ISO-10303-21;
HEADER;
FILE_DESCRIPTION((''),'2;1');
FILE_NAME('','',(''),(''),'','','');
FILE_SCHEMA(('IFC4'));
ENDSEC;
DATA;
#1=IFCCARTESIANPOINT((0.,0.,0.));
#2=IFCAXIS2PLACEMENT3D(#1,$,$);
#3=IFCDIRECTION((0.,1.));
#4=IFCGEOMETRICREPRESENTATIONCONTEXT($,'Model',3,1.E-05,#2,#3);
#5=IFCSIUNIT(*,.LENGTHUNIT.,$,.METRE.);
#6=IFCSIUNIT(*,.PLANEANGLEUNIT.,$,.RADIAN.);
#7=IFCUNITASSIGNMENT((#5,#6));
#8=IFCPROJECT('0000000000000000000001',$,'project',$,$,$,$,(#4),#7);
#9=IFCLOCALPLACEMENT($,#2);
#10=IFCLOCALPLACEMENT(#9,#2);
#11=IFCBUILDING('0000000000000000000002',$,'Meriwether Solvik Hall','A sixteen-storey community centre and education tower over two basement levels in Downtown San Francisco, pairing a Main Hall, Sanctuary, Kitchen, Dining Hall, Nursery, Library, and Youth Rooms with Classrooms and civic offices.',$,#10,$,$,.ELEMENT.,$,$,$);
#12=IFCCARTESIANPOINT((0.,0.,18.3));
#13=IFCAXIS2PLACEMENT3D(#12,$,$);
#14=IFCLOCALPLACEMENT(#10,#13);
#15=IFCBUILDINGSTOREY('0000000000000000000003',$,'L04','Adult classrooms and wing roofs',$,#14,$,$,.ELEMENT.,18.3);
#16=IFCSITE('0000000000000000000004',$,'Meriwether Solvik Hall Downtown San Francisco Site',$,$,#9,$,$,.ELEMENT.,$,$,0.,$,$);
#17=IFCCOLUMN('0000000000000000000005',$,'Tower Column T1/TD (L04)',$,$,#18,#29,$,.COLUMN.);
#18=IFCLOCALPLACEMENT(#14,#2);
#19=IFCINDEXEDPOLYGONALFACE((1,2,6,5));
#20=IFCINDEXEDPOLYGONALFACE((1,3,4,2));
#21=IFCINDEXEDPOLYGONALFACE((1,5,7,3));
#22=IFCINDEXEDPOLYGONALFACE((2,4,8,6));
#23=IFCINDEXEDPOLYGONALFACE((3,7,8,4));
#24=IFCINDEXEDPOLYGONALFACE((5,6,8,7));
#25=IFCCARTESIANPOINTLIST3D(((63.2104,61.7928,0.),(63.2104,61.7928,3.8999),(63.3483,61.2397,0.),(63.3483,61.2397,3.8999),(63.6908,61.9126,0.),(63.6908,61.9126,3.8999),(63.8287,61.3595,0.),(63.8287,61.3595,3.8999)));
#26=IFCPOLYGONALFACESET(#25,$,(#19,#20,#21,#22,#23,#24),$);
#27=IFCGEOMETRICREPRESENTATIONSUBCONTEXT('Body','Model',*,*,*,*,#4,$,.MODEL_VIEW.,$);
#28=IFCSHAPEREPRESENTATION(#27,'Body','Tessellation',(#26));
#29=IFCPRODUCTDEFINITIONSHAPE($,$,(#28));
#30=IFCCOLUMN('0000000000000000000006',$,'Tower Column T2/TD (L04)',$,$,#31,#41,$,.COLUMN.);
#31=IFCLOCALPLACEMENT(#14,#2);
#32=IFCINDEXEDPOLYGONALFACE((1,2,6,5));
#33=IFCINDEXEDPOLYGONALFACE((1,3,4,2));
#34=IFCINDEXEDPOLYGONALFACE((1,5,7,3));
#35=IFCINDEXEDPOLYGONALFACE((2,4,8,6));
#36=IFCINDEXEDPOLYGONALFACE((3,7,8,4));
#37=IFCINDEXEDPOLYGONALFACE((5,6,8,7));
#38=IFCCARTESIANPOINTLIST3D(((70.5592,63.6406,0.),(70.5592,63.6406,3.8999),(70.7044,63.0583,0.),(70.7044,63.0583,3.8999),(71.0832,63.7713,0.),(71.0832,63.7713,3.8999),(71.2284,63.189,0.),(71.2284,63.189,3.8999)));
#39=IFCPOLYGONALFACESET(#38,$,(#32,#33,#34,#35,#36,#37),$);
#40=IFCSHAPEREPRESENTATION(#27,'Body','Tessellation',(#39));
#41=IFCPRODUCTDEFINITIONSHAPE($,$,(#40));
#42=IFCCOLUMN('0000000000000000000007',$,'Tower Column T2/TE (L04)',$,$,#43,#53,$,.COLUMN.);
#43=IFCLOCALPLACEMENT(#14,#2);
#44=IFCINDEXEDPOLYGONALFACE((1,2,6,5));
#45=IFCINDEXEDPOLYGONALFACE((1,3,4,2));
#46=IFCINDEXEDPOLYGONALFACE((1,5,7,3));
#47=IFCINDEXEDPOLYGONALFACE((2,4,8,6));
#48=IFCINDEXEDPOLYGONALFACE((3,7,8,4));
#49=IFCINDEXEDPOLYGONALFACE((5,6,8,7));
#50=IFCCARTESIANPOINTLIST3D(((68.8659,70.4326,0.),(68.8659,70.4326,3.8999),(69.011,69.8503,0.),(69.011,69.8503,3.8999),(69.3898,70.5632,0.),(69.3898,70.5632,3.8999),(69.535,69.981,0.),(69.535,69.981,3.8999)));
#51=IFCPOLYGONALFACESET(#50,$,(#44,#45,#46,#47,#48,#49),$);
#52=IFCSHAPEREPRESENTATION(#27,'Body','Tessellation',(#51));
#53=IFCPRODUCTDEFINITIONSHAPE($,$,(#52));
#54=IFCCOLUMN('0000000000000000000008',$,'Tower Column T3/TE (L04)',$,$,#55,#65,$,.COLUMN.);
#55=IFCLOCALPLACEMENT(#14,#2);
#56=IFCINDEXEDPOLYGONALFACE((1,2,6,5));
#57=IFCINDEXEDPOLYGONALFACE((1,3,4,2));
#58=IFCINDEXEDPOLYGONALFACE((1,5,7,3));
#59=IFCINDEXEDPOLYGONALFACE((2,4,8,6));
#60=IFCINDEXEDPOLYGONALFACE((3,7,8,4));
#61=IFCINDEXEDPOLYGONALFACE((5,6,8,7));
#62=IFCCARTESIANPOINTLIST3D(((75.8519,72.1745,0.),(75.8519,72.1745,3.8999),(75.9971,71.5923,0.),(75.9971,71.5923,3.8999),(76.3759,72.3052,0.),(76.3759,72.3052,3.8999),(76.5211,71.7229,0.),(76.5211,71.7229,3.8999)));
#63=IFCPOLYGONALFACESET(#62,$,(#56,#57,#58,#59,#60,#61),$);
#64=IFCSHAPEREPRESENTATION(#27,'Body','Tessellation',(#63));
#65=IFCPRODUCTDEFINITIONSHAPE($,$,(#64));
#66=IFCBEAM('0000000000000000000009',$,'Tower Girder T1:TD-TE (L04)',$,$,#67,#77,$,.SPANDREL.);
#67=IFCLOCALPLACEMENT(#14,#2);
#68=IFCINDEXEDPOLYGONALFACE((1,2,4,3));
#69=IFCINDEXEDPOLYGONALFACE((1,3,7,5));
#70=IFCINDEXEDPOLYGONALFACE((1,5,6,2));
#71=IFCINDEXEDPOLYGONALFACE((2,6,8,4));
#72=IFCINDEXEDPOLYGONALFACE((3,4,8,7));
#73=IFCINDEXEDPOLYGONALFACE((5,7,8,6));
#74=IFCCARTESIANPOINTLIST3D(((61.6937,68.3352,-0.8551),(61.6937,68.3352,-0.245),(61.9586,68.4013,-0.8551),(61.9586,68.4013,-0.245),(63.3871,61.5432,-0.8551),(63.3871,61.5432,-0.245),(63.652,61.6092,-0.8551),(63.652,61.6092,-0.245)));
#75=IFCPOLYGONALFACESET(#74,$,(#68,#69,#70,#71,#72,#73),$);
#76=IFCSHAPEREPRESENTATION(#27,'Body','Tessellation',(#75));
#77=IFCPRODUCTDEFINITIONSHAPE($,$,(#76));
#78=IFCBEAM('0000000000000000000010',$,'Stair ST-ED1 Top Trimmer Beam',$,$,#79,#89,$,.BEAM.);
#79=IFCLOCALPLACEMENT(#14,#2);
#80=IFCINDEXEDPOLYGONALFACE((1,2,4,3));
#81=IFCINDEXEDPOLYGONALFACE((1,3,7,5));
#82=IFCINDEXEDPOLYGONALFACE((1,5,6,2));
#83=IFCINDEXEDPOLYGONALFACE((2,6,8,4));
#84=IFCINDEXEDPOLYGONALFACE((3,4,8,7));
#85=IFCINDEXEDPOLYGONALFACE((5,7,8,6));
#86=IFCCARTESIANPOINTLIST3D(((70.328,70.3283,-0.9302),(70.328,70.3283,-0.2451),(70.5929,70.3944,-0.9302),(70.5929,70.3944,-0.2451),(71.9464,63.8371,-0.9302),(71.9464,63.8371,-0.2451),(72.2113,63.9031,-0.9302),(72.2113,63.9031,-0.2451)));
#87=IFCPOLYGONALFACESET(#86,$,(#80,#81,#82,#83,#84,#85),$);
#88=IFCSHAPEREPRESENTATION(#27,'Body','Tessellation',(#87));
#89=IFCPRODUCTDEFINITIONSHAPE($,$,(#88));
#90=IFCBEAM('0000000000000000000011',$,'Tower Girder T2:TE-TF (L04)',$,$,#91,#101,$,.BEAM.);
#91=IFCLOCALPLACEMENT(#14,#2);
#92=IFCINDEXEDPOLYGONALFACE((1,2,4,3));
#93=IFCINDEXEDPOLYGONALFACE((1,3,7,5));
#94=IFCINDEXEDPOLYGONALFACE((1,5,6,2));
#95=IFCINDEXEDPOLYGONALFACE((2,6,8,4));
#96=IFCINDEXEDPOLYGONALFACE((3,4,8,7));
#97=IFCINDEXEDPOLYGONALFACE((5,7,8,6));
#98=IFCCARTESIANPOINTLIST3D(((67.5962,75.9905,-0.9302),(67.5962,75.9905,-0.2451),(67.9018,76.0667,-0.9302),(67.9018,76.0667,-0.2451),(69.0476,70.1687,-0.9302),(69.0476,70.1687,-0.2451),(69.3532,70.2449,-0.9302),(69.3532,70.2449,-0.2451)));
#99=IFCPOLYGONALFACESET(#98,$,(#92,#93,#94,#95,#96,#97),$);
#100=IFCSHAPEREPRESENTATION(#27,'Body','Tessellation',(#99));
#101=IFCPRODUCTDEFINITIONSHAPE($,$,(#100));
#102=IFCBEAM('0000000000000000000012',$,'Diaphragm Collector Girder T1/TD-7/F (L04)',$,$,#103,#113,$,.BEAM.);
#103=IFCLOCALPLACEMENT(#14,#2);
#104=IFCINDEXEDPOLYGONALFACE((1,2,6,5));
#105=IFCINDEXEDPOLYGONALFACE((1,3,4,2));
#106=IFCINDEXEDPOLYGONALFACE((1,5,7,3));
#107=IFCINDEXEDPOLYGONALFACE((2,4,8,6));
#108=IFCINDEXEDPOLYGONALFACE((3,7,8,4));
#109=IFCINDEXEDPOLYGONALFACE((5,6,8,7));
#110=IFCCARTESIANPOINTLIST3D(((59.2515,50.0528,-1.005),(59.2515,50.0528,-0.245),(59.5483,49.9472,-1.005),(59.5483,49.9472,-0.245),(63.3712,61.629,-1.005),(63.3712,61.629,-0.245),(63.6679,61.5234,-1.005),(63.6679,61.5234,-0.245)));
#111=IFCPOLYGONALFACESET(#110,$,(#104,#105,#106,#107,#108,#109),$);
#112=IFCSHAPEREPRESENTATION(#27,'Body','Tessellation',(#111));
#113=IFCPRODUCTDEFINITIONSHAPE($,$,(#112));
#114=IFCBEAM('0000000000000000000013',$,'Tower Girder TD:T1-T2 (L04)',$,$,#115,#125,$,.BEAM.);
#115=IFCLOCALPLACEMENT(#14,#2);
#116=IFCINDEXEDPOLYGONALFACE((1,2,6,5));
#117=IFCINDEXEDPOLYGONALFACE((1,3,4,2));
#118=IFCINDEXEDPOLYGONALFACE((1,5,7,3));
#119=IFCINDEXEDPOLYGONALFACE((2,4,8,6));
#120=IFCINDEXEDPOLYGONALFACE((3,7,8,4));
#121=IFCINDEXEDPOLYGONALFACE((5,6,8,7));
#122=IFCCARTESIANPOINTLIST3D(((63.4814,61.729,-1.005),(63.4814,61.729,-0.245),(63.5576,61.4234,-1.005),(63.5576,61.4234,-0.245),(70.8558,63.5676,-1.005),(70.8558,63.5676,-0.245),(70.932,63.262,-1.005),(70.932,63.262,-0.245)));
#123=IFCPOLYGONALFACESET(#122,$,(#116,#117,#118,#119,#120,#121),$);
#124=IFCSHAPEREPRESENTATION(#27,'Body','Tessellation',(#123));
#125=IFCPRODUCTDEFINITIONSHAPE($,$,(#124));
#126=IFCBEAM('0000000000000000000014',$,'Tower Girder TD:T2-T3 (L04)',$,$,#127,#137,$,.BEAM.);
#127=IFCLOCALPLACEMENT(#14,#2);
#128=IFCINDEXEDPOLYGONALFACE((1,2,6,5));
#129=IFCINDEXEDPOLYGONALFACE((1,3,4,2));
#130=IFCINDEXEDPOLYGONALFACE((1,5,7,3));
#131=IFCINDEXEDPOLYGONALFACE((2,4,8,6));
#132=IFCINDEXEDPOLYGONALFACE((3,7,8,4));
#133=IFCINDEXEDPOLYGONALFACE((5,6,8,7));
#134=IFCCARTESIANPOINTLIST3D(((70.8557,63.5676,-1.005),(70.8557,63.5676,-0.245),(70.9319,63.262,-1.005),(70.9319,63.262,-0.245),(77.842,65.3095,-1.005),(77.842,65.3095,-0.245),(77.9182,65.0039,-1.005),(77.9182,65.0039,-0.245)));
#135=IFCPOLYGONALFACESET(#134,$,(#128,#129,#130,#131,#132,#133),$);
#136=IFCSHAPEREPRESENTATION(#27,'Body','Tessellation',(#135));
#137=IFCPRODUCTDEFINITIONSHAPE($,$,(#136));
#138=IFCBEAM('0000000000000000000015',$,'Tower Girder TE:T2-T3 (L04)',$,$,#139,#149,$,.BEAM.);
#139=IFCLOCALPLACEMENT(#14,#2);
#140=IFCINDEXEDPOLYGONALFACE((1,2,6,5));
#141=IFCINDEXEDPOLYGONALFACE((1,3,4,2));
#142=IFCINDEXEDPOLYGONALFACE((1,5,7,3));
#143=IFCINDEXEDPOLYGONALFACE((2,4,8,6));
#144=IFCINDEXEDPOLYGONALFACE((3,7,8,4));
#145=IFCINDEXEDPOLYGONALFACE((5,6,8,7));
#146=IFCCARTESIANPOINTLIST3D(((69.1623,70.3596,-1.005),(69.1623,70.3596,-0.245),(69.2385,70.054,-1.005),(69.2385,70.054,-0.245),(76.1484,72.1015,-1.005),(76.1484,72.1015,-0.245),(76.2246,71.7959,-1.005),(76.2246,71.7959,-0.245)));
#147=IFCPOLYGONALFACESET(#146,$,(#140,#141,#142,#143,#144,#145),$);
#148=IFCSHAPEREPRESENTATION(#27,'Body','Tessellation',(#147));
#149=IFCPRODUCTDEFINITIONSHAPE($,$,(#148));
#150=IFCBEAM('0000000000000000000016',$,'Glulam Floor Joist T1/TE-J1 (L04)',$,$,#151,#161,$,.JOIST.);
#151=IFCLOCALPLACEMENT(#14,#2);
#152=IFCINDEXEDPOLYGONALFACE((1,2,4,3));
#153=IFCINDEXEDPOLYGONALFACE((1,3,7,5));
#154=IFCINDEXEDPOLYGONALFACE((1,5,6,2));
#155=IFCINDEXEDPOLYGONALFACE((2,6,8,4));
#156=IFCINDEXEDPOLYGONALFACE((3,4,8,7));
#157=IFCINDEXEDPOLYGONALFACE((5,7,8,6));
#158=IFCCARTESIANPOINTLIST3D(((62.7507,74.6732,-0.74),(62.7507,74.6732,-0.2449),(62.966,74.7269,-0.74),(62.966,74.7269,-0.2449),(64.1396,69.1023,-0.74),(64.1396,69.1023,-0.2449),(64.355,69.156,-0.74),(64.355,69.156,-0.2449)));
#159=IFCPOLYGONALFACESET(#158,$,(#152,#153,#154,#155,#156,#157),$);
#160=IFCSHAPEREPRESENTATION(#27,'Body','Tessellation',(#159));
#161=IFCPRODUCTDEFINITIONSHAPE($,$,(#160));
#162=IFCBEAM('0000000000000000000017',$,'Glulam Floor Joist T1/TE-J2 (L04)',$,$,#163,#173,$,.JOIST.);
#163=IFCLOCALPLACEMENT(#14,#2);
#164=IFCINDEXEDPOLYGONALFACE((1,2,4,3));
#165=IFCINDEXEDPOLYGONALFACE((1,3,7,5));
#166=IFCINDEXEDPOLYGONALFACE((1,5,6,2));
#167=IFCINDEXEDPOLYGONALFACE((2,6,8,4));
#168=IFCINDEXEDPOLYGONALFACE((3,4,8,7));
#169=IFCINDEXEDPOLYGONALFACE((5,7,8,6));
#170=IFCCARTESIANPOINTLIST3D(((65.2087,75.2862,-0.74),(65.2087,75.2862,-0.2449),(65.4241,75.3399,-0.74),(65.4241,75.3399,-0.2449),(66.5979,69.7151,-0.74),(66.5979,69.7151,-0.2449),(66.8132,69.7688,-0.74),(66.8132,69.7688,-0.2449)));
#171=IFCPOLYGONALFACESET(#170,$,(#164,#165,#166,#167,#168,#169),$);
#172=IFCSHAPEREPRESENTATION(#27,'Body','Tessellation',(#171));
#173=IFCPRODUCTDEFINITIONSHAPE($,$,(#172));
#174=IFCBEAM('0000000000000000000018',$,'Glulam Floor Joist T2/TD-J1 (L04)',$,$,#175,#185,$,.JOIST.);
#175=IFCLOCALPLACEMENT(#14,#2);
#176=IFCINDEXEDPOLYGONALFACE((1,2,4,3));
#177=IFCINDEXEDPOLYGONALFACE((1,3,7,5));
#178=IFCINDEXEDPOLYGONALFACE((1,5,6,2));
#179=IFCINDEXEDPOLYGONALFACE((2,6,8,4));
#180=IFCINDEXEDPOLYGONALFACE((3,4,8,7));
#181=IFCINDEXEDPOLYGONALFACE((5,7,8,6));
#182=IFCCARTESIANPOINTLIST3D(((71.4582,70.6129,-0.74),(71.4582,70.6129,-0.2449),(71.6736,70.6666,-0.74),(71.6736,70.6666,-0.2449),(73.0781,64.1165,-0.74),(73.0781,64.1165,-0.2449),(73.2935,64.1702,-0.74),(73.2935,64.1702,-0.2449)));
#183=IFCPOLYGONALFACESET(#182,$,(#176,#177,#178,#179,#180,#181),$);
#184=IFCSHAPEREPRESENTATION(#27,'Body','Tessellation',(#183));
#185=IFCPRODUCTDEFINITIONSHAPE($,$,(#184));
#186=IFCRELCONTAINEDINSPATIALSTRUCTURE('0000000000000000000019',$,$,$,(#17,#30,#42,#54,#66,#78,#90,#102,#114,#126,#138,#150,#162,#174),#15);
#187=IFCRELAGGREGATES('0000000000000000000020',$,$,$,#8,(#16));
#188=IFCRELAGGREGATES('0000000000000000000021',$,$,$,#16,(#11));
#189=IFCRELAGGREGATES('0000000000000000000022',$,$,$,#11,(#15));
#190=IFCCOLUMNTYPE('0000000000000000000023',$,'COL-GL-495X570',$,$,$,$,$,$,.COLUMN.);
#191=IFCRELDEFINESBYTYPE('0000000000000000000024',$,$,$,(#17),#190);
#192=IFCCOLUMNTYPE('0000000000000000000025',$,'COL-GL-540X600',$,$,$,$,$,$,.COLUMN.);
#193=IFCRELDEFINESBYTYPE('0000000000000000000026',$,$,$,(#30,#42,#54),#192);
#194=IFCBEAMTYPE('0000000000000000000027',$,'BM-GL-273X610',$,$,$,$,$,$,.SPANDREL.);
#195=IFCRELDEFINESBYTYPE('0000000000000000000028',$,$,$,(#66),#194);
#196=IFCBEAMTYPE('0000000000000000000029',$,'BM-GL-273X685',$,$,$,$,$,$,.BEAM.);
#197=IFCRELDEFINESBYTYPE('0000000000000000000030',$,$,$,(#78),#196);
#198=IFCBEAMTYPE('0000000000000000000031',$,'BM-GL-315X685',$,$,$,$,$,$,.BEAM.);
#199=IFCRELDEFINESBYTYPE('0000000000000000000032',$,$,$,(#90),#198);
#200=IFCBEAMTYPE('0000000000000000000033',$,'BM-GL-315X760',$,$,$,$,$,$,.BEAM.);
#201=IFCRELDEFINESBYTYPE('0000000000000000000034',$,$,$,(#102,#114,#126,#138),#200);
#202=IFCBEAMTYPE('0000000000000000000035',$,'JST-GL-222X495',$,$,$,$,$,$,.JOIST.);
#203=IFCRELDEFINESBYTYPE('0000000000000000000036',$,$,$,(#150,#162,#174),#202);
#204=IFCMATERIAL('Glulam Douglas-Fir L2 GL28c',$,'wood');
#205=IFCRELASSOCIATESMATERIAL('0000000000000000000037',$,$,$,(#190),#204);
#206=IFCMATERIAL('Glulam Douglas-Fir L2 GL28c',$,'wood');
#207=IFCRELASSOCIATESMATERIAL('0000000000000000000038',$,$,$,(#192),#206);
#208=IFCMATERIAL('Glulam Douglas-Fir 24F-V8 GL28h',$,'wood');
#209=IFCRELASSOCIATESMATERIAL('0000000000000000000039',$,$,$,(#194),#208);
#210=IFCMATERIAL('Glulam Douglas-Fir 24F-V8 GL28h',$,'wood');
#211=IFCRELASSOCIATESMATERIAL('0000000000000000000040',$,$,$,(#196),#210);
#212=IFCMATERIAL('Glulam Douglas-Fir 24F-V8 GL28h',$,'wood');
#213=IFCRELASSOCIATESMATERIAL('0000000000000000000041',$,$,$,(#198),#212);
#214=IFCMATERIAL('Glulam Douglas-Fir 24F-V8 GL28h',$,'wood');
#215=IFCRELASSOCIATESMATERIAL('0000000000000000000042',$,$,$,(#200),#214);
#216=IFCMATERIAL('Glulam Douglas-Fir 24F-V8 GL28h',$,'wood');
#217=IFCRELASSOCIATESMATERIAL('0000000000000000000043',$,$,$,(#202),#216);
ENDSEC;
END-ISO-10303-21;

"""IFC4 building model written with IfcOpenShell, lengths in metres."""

from ifc_helpers import new_model, si_unit, direction, frame, origin, origin_2d, place, context, subcontext, project, spatial, rectangle, extrude, material, material_profile, profile_set, type_object, element, save


model = new_model("IFC4")

# Units and contexts
model_context = context("Model", 3, precision=1e-05, world=origin(), true_north=direction((0.0, 1.0)))
body_context = subcontext(model_context, "Body", "Model", "MODEL_VIEW")
ifc_project = project(units=[si_unit("LENGTHUNIT", "METRE"), si_unit("PLANEANGLEUNIT", "RADIAN")], contexts=[model_context])

# Site, building, storey
site_placement = place(None, origin())
site = spatial("IfcSite", under=ifc_project, at=site_placement, Name="Meriwether Solvik Hall Downtown San Francisco Site", CompositionType="ELEMENT", RefElevation=0.0)
building_placement = place(site_placement, origin())
building = spatial("IfcBuilding", under=site, at=building_placement, Name="Meriwether Solvik Hall", Description="A sixteen-storey community centre and education tower over two basement levels in Downtown San Francisco, pairing a Main Hall, Sanctuary, Kitchen, Dining Hall, Nursery, Library, and Youth Rooms with Classrooms and civic offices.", CompositionType="ELEMENT")
storey_placement = place(building_placement, frame((0.0, 0.0, 18.3)))
storey = spatial("IfcBuildingStorey", under=building, at=storey_placement, Name="L04", Description="Adult classrooms and wing roofs", CompositionType="ELEMENT", Elevation=18.3)

# Columns
ifc_material_1 = material(Name="Glulam Douglas-Fir L2 GL28c", Category="wood")
ifc_material_profile_1 = material_profile(ifc_material_1, rectangle(XDim=0.4951, YDim=0.5701, at=origin_2d()), Name="GLC-495X570")
ifc_profile_set_1 = profile_set([ifc_material_profile_1], Name="Glulam Douglas-Fir L2 GL28c")
column_type_1 = type_object("IfcColumnType", Name="COL-GL-495X570", PredefinedType="COLUMN", material=ifc_profile_set_1)
column_placement = place(storey_placement, frame((63.5195, 61.5762, 0.0), z_axis=(0.0, 0.0, 1.0), x_axis=(0.970296, 0.241922, 0.0)))
element("IfcColumn", 1, at=column_placement, inside=storey, type_object=column_type_1, Name="Tower Column T1/TD (L04)", PredefinedType="COLUMN", context=body_context, shape_type="SweptSolid", body=[
    extrude(rectangle(XDim=0.4951, YDim=0.5701, at=origin_2d()), origin(), (0.0, 0.0, 1.0), 3.8999),
])
ifc_material_2 = material(Name="Glulam Douglas-Fir L2 GL28c", Category="wood")
ifc_material_profile_2 = material_profile(ifc_material_2, rectangle(XDim=0.54, YDim=0.6001, at=origin_2d()), Name="GLC-540X600")
ifc_profile_set_2 = profile_set([ifc_material_profile_2], Name="Glulam Douglas-Fir L2 GL28c")
column_type_2 = type_object("IfcColumnType", Name="COL-GL-540X600", PredefinedType="COLUMN", material=ifc_profile_set_2)
for number, where, z_axis, x_axis, name in (
    (2, (70.8938, 63.4148, 0.0), (0.0, 0.0, 1.0), (0.970296, 0.241922, 0.0), "Tower Column T2/TD (L04)"),
    (3, (69.2004, 70.2068, 0.0), (0.0, 0.0, 1.0), (0.970296, 0.241922, 0.0), "Tower Column T2/TE (L04)"),
    (4, (76.1865, 71.9487, 0.0), (0.0, 0.0, 1.0), (0.970296, 0.241922, 0.0), "Tower Column T3/TE (L04)"),
):
    element("IfcColumn", number, at=place(storey_placement, frame(where, z_axis=z_axis, x_axis=x_axis)), inside=storey, type_object=column_type_2, Name=name, PredefinedType="COLUMN", context=body_context, shape_type="SweptSolid", body=[
        extrude(rectangle(XDim=0.54, YDim=0.6001, at=origin_2d()), origin(), (0.0, 0.0, 1.0), 3.8999),
    ])

# Beams
ifc_material_3 = material(Name="Glulam Douglas-Fir 24F-V8 GL28h", Category="wood")
ifc_material_profile_3 = material_profile(ifc_material_3, rectangle(XDim=0.2729, YDim=0.6101, at=origin_2d()), Name="GLB-273X610")
ifc_profile_set_3 = profile_set([ifc_material_profile_3], Name="Glulam Douglas-Fir 24F-V8 GL28h")
beam_type_1 = type_object("IfcBeamType", Name="BM-GL-273X610", PredefinedType="SPANDREL", material=ifc_profile_set_3)
beam_1_placement = place(storey_placement, frame((63.5195, 61.5762, -0.55), z_axis=(-0.241912, 0.970298, 0.0), x_axis=(-0.970298, -0.241912, 0.0)))
element("IfcBeam", 5, at=beam_1_placement, inside=storey, type_object=beam_type_1, Name="Tower Girder T1:TD-TE (L04)", PredefinedType="SPANDREL", context=body_context, shape_type="SweptSolid", body=[
    extrude(rectangle(XDim=0.2729, YDim=0.6101, at=origin_2d()), origin(), (0.0, 0.0, 1.0), 7.0),
])
ifc_material_4 = material(Name="Glulam Douglas-Fir 24F-V8 GL28h", Category="wood")
ifc_material_profile_4 = material_profile(ifc_material_4, rectangle(XDim=0.2729, YDim=0.6851, at=origin_2d()), Name="GLB-273X685")
ifc_profile_set_4 = profile_set([ifc_material_profile_4], Name="Glulam Douglas-Fir 24F-V8 GL28h")
beam_type_2 = type_object("IfcBeamType", Name="BM-GL-273X685", PredefinedType="BEAM", material=ifc_profile_set_4)
beam_2_placement = place(storey_placement, frame((72.0789, 63.8701, -0.5876), z_axis=(-0.241917, 0.970297, 0.0), x_axis=(-0.970297, -0.241917, 0.0)))
element("IfcBeam", 6, at=beam_2_placement, inside=storey, type_object=beam_type_2, Name="Stair ST-ED1 Top Trimmer Beam", PredefinedType="BEAM", context=body_context, shape_type="SweptSolid", body=[
    extrude(rectangle(XDim=0.2729, YDim=0.6851, at=origin_2d()), origin(), (0.0, 0.0, 1.0), 6.6899),
])
ifc_material_5 = material(Name="Glulam Douglas-Fir 24F-V8 GL28h", Category="wood")
ifc_material_profile_5 = material_profile(ifc_material_5, rectangle(XDim=0.3149, YDim=0.6851, at=origin_2d()), Name="GLB-315X685")
ifc_profile_set_5 = profile_set([ifc_material_profile_5], Name="Glulam Douglas-Fir 24F-V8 GL28h")
beam_type_3 = type_object("IfcBeamType", Name="BM-GL-315X685", PredefinedType="BEAM", material=ifc_profile_set_5)
beam_3_placement = place(storey_placement, frame((69.2004, 70.2068, -0.5876), z_axis=(-0.241904, 0.9703, 0.0), x_axis=(-0.9703, -0.241904, 0.0)))
element("IfcBeam", 7, at=beam_3_placement, inside=storey, type_object=beam_type_3, Name="Tower Girder T2:TE-TF (L04)", PredefinedType="BEAM", context=body_context, shape_type="SweptSolid", body=[
    extrude(rectangle(XDim=0.3149, YDim=0.6851, at=origin_2d()), origin(), (0.0, 0.0, 1.0), 6.0),
])
ifc_material_6 = material(Name="Glulam Douglas-Fir 24F-V8 GL28h", Category="wood")
ifc_material_profile_6 = material_profile(ifc_material_6, rectangle(XDim=0.3149, YDim=0.76, at=origin_2d()), Name="GLB-315X760")
ifc_profile_set_6 = profile_set([ifc_material_profile_6], Name="Glulam Douglas-Fir 24F-V8 GL28h")
beam_type_4 = type_object("IfcBeamType", Name="BM-GL-315X760", PredefinedType="BEAM", material=ifc_profile_set_6)
beam_4_placement = place(storey_placement, frame((63.5195, 61.5762, -0.625), z_axis=(-0.335274, -0.942121, 0.0), x_axis=(0.942121, -0.335274, 0.0)))
element("IfcBeam", 8, at=beam_4_placement, inside=storey, type_object=beam_type_4, Name="Diaphragm Collector Girder T1/TD-7/F (L04)", PredefinedType="BEAM", context=body_context, shape_type="SweptSolid", body=[
    extrude(rectangle(XDim=0.3149, YDim=0.76, at=origin_2d()), origin(), (0.0, 0.0, 1.0), 12.2874),
])
beam_5_placement = place(storey_placement, frame((63.5195, 61.5762, -0.625), z_axis=(0.970295, 0.241923, 0.0), x_axis=(-0.241923, 0.970295, 0.0)))
element("IfcBeam", 9, at=beam_5_placement, inside=storey, type_object=beam_type_4, Name="Tower Girder TD:T1-T2 (L04)", PredefinedType="BEAM", context=body_context, shape_type="SweptSolid", body=[
    extrude(rectangle(XDim=0.3149, YDim=0.76, at=origin_2d()), origin(), (0.0, 0.0, 1.0), 7.6001),
])
beam_6_placement = place(storey_placement, frame((70.8938, 63.4148, -0.625), z_axis=(0.970294, 0.241929, 0.0), x_axis=(-0.241929, 0.970294, 0.0)))
element("IfcBeam", 10, at=beam_6_placement, inside=storey, type_object=beam_type_4, Name="Tower Girder TD:T2-T3 (L04)", PredefinedType="BEAM", context=body_context, shape_type="SweptSolid", body=[
    extrude(rectangle(XDim=0.3149, YDim=0.76, at=origin_2d()), origin(), (0.0, 0.0, 1.0), 7.2002),
])
beam_7_placement = place(storey_placement, frame((69.2004, 70.2068, -0.625), z_axis=(0.970292, 0.241937, 0.0), x_axis=(-0.241937, 0.970292, 0.0)))
element("IfcBeam", 11, at=beam_7_placement, inside=storey, type_object=beam_type_4, Name="Tower Girder TE:T2-T3 (L04)", PredefinedType="BEAM", context=body_context, shape_type="SweptSolid", body=[
    extrude(rectangle(XDim=0.3149, YDim=0.76, at=origin_2d()), origin(), (0.0, 0.0, 1.0), 7.2),
])
ifc_material_7 = material(Name="Glulam Douglas-Fir 24F-V8 GL28h", Category="wood")
ifc_material_profile_7 = material_profile(ifc_material_7, rectangle(XDim=0.2219, YDim=0.4951, at=origin_2d()), Name="GLJ-222X495")
ifc_profile_set_7 = profile_set([ifc_material_profile_7], Name="Glulam Douglas-Fir 24F-V8 GL28h")
beam_type_5 = type_object("IfcBeamType", Name="JST-GL-222X495", PredefinedType="JOIST", material=ifc_profile_set_7)
beam_8_placement = place(storey_placement, frame((64.2473, 69.1292, -0.4924), z_axis=(-0.241915, 0.970297, 0.0), x_axis=(-0.970297, -0.241915, 0.0)))
element("IfcBeam", 12, at=beam_8_placement, inside=storey, type_object=beam_type_5, Name="Glulam Floor Joist T1/TE-J1 (L04)", PredefinedType="JOIST", context=body_context, shape_type="SweptSolid", body=[
    extrude(rectangle(XDim=0.2219, YDim=0.4951, at=origin_2d()), origin(), (0.0, 0.0, 1.0), 5.7415),
])
beam_9_placement = place(storey_placement, frame((66.7056, 69.7419, -0.4924), z_axis=(-0.241945, 0.97029, 0.0), x_axis=(-0.97029, -0.241945, 0.0)))
element("IfcBeam", 13, at=beam_9_placement, inside=storey, type_object=beam_type_5, Name="Glulam Floor Joist T1/TE-J2 (L04)", PredefinedType="JOIST", context=body_context, shape_type="SweptSolid", body=[
    extrude(rectangle(XDim=0.2219, YDim=0.4951, at=origin_2d()), origin(), (0.0, 0.0, 1.0), 5.7417),
])
beam_10_placement = place(storey_placement, frame((73.1858, 64.1433, -0.4924), z_axis=(-0.241944, 0.97029, 0.0), x_axis=(-0.97029, -0.241944, 0.0)))
element("IfcBeam", 14, at=beam_10_placement, inside=storey, type_object=beam_type_5, Name="Glulam Floor Joist T2/TD-J1 (L04)", PredefinedType="JOIST", context=body_context, shape_type="SweptSolid", body=[
    extrude(rectangle(XDim=0.2219, YDim=0.4951, at=origin_2d()), origin(), (0.0, 0.0, 1.0), 6.6953),
])

save(model, "model.ifc")
